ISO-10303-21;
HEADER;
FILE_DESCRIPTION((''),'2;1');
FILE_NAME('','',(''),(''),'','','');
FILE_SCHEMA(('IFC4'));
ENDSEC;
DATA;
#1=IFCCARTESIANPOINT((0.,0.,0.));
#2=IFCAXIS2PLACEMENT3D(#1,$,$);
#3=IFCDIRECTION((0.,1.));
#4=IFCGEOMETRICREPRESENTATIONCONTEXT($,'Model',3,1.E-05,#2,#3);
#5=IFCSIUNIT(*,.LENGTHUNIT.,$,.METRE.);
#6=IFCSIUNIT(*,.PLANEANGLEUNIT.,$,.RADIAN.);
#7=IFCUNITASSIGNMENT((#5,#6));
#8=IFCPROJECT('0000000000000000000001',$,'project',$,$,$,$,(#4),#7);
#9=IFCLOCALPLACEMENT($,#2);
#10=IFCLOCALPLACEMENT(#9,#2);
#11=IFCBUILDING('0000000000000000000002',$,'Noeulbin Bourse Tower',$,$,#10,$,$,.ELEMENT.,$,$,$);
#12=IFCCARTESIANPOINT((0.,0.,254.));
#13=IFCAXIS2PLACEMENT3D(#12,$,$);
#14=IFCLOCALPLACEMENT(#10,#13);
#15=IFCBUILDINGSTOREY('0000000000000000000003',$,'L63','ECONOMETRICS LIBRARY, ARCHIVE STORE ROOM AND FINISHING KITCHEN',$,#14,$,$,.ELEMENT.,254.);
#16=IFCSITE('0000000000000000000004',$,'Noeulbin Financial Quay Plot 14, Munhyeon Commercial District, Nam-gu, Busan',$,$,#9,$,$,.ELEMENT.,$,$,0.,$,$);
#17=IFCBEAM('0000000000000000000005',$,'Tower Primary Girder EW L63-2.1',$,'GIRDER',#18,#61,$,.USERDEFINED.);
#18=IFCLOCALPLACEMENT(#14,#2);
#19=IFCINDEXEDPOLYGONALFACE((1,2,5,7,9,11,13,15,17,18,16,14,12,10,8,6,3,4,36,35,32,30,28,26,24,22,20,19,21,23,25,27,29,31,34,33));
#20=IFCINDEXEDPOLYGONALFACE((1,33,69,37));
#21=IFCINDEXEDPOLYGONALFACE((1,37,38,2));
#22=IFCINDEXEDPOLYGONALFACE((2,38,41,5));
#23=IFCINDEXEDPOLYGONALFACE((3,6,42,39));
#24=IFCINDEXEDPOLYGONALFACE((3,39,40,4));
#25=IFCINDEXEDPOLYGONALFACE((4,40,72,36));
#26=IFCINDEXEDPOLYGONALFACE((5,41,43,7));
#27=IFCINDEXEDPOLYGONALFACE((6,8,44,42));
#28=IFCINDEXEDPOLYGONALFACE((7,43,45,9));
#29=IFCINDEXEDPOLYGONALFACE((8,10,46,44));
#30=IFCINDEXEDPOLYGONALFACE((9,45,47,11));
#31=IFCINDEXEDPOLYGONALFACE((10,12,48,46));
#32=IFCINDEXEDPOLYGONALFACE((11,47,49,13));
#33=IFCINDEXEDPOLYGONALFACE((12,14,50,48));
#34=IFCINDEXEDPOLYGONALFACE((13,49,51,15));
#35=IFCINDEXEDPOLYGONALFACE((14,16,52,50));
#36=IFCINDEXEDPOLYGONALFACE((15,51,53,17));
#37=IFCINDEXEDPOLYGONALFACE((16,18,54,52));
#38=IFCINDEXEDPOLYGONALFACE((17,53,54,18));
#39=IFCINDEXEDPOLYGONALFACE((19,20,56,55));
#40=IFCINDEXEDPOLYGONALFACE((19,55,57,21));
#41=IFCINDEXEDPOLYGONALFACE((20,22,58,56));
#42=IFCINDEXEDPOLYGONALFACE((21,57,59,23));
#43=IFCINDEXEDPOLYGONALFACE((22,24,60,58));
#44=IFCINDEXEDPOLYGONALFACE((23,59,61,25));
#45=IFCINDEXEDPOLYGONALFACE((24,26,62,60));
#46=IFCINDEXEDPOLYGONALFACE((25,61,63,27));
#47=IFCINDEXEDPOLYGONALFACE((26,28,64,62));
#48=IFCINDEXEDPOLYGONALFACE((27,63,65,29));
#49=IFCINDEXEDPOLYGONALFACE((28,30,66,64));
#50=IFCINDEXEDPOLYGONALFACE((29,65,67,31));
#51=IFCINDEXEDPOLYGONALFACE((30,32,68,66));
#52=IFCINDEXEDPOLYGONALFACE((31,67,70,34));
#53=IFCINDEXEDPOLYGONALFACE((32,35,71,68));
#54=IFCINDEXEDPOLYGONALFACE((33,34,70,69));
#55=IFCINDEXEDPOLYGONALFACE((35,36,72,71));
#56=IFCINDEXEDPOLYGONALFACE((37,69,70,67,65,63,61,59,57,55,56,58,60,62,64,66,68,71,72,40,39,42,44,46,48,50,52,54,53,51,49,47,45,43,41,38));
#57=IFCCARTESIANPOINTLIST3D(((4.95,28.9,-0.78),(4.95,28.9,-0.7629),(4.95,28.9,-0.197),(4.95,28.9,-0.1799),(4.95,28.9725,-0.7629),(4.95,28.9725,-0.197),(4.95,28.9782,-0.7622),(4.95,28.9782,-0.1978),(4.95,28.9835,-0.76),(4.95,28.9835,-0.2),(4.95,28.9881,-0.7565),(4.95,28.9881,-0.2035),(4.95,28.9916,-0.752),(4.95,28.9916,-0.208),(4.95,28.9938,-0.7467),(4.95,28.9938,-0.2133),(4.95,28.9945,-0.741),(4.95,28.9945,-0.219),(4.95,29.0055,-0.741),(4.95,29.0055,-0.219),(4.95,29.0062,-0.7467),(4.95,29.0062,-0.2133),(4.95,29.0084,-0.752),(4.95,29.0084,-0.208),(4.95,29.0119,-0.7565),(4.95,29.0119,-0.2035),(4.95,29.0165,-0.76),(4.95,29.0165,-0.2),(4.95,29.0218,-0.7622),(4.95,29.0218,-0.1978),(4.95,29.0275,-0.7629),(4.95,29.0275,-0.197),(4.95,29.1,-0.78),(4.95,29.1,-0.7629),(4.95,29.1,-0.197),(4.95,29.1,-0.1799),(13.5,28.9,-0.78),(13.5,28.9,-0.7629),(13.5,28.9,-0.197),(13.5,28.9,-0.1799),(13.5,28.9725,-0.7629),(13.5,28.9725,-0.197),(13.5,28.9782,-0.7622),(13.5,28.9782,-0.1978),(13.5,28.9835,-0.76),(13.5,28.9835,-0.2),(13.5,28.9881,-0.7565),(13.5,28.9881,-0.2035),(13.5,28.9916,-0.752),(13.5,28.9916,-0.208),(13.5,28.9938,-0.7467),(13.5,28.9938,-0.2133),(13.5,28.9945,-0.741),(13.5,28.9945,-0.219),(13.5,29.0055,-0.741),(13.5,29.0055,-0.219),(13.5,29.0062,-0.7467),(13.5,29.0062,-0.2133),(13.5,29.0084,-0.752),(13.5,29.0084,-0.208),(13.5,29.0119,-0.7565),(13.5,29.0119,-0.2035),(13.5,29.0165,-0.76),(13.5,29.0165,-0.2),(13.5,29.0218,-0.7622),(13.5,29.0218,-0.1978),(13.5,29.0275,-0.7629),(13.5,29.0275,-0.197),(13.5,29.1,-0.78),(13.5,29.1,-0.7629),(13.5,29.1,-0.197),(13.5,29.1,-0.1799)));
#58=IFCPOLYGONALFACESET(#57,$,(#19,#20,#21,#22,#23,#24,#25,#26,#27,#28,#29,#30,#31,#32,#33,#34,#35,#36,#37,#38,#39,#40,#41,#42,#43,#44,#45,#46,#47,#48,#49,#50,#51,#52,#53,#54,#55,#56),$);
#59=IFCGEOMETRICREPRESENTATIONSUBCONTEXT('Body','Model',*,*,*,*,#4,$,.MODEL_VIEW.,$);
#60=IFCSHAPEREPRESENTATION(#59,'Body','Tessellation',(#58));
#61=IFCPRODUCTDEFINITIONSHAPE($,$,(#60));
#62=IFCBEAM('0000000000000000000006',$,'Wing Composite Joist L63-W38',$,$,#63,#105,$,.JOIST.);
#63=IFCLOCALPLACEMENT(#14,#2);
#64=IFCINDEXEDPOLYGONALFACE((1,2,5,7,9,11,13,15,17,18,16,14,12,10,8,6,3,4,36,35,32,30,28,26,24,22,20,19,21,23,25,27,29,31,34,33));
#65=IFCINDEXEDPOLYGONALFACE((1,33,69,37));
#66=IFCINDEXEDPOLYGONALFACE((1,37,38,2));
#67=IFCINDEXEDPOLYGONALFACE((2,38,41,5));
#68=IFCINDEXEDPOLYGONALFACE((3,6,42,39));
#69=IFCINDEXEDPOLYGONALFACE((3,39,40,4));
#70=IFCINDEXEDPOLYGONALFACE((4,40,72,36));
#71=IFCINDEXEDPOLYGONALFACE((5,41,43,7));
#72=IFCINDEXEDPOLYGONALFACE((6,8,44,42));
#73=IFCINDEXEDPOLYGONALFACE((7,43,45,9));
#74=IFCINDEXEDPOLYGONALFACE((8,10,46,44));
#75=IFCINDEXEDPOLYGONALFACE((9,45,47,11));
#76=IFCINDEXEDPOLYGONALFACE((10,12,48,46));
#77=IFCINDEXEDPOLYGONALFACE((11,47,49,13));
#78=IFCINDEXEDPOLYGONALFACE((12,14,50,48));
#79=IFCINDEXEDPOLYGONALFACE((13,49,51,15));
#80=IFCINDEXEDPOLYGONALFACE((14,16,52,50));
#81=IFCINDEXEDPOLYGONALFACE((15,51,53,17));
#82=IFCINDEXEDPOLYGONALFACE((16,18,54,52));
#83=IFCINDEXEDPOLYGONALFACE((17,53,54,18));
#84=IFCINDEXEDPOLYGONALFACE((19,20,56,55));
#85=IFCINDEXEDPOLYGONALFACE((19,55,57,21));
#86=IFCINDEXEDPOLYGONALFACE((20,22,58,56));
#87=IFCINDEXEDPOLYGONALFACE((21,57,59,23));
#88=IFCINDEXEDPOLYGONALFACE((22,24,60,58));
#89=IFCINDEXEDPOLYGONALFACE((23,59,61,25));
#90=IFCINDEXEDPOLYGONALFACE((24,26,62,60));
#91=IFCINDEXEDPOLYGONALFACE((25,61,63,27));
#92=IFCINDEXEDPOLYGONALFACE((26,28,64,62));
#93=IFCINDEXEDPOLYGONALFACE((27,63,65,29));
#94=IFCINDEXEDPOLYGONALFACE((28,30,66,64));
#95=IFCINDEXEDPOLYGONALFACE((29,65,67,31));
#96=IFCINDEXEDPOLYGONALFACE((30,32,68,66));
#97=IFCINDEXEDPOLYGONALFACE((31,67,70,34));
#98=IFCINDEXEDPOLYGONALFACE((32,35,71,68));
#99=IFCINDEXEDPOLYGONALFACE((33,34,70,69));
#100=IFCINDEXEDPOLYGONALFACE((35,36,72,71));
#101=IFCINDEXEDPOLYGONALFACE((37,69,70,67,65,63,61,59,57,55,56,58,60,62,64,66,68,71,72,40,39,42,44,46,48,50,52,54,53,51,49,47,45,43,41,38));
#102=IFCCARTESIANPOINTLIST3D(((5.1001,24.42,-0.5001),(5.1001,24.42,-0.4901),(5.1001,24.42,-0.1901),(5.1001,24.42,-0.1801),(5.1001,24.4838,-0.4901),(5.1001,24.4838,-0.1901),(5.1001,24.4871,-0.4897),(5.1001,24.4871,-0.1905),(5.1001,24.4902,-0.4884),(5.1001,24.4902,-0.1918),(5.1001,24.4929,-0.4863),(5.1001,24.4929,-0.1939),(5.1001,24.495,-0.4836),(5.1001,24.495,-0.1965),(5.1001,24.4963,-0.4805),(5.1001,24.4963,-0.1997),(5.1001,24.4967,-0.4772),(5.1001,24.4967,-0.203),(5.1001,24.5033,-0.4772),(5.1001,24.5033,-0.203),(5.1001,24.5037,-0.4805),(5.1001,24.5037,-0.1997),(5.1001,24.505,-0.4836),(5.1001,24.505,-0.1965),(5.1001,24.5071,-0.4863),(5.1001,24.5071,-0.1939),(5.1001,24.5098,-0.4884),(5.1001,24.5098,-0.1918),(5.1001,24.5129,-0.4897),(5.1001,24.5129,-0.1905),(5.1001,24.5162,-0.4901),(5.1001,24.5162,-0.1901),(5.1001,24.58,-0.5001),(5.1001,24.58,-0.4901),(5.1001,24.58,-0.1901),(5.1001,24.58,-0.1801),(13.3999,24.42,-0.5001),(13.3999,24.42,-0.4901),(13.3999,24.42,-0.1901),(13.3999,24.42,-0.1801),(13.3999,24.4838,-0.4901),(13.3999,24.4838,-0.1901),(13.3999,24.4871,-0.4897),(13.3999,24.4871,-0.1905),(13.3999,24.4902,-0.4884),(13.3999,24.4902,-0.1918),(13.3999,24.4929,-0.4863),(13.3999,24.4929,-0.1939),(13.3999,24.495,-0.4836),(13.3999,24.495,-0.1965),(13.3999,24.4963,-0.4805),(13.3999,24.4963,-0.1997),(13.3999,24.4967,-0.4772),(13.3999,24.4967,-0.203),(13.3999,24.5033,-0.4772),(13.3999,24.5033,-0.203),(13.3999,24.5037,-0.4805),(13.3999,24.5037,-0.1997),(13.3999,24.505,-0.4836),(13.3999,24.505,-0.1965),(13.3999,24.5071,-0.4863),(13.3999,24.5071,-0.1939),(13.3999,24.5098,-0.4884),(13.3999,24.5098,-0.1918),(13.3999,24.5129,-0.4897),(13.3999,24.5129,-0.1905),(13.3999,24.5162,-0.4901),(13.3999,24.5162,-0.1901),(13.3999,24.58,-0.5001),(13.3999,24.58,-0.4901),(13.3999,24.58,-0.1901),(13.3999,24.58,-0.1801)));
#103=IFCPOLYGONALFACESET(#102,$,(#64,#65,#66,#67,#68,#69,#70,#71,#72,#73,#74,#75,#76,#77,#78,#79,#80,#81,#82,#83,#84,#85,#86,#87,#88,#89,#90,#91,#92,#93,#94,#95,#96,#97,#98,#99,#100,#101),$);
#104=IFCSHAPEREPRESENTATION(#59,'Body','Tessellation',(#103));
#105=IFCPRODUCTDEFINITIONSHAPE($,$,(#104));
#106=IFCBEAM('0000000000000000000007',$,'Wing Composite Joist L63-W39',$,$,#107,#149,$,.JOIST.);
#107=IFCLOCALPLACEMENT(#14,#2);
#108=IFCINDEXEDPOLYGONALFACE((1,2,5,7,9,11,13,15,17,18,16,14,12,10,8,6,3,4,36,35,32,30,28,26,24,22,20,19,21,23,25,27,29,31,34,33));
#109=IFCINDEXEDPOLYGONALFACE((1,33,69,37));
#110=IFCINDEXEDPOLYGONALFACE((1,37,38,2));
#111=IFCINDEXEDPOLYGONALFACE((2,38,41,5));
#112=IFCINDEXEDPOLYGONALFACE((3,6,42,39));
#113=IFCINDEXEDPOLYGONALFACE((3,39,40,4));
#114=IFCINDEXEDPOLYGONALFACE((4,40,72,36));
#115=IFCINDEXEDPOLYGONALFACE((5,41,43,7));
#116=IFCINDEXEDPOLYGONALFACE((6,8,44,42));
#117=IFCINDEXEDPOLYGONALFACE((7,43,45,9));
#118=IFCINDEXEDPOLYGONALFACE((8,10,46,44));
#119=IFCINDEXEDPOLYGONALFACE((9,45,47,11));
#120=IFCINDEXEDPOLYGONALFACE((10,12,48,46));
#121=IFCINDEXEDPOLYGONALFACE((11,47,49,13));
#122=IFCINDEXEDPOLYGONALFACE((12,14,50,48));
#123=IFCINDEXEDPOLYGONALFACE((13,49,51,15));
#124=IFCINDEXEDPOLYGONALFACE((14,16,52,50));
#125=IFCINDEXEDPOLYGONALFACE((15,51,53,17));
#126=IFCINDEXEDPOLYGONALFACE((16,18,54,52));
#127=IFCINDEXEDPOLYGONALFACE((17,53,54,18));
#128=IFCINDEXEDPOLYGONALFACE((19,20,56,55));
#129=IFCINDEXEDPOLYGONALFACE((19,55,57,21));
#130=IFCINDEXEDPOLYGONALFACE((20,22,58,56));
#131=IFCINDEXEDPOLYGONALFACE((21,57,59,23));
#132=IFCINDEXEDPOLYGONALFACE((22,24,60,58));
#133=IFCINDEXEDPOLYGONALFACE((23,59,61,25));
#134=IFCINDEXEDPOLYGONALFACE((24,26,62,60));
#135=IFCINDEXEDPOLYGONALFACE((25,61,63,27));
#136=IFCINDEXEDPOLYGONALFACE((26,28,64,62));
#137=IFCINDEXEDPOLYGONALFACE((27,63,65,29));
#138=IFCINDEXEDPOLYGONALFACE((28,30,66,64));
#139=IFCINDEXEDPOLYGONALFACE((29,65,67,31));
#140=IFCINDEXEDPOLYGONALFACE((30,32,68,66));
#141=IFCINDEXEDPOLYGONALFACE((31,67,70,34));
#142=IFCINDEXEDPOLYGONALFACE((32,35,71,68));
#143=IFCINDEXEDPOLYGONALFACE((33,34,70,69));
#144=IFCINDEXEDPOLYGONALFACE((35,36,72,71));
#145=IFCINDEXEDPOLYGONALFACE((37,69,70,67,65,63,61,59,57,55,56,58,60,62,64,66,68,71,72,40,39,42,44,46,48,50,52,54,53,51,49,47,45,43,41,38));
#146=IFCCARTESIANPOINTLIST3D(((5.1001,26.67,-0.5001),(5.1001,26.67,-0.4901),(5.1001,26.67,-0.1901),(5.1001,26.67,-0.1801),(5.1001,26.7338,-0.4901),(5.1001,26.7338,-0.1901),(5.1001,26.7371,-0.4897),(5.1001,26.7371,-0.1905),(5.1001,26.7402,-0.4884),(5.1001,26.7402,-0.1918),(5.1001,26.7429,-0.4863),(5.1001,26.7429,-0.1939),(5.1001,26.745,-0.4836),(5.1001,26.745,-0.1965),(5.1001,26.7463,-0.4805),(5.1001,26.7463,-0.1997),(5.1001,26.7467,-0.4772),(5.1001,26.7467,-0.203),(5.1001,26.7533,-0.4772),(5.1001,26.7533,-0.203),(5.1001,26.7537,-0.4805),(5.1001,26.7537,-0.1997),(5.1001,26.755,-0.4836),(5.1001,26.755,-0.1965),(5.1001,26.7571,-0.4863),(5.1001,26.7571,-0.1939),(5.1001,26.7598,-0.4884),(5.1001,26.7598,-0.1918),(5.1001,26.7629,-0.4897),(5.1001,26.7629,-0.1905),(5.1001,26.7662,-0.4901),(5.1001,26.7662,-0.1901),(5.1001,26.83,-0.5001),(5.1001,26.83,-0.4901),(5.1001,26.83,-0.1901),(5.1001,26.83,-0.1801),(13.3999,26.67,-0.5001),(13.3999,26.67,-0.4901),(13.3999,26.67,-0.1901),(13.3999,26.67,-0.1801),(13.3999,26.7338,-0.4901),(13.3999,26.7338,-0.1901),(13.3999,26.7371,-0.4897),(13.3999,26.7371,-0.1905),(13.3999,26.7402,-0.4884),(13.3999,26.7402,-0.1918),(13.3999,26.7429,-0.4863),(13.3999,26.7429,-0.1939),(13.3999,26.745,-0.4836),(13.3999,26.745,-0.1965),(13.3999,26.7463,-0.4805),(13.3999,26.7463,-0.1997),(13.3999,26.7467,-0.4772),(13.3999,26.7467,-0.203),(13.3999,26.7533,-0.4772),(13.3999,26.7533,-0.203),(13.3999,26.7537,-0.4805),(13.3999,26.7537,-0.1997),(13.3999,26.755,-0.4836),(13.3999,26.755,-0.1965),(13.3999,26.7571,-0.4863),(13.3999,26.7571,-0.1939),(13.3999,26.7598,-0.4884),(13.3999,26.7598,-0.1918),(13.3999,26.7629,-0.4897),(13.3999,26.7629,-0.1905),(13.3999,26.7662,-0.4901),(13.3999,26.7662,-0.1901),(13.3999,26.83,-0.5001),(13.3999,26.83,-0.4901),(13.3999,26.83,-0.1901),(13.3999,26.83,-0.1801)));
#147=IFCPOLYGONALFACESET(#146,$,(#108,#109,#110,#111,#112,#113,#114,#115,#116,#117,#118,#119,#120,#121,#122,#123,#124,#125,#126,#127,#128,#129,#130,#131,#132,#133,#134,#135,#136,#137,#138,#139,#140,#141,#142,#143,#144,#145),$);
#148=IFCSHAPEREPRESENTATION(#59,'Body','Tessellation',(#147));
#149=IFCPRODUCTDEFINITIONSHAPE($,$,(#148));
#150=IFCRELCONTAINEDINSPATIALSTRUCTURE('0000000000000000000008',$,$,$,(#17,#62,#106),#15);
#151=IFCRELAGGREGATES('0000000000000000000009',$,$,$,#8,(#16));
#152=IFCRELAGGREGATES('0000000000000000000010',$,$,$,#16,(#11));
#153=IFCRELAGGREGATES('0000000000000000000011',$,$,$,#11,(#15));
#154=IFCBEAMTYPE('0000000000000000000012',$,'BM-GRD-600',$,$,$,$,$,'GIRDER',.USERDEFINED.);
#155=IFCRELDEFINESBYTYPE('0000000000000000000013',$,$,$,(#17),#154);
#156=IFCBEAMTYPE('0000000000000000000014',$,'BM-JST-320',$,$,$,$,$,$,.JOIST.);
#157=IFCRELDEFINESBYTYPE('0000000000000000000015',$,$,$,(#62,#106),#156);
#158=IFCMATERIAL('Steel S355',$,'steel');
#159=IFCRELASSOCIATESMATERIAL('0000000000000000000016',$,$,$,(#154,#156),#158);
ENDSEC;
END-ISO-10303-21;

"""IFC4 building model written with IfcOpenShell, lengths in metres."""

from ifc_helpers import new_model, si_unit, direction, frame, origin, origin_2d, place, context, subcontext, project, spatial, i_section, extrude, material, material_profile, profile_set, type_object, element, save


model = new_model("IFC4")

# Units and contexts
model_context = context("Model", 3, precision=1e-05, world=origin(), true_north=direction((0.0, 1.0)))
body_context = subcontext(model_context, "Body", "Model", "MODEL_VIEW")
ifc_project = project(units=[si_unit("LENGTHUNIT", "METRE"), si_unit("PLANEANGLEUNIT", "RADIAN")], contexts=[model_context])

# Site, building, storey
site_placement = place(None, origin())
site = spatial("IfcSite", under=ifc_project, at=site_placement, Name="Noeulbin Financial Quay Plot 14, Munhyeon Commercial District, Nam-gu, Busan", CompositionType="ELEMENT", RefElevation=0.0)
building_placement = place(site_placement, origin())
building = spatial("IfcBuilding", under=site, at=building_placement, Name="Noeulbin Bourse Tower", CompositionType="ELEMENT")
storey_placement = place(building_placement, frame((0.0, 0.0, 254.0)))
storey = spatial("IfcBuildingStorey", under=building, at=storey_placement, Name="L63", Description="ECONOMETRICS LIBRARY, ARCHIVE STORE ROOM AND FINISHING KITCHEN", CompositionType="ELEMENT", Elevation=254.0)

# Shared definitions
ifc_material_1 = material(Name="Steel S355", Category="steel")

# Beams
ifc_material_profile_1 = material_profile(ifc_material_1, i_section(OverallWidth=0.2, OverallDepth=0.6001, WebThickness=0.011, FlangeThickness=0.0171, FilletRadius=0.022, at=origin_2d()), Name="H-600x200x11x17", Category="LoadBearing")
ifc_profile_set_1 = profile_set([ifc_material_profile_1], Name="Steel S355")
beam_type_1 = type_object("IfcBeamType", Name="BM-GRD-600", ElementType="GIRDER", PredefinedType="USERDEFINED", material=ifc_profile_set_1)
beam_1_placement = place(storey_placement, frame((4.95, 29.0, -0.48), z_axis=(1.0, 0.0, 0.0), x_axis=(0.0, 1.0, 0.0)))
element("IfcBeam", 1, at=beam_1_placement, inside=storey, type_object=beam_type_1, Name="Tower Primary Girder EW L63-2.1", ObjectType="GIRDER", PredefinedType="USERDEFINED", context=body_context, shape_type="SweptSolid", body=[
    extrude(i_section(OverallWidth=0.2, OverallDepth=0.6001, WebThickness=0.011, FlangeThickness=0.0171, FilletRadius=0.022, at=origin_2d()), origin(), (0.0, 0.0, 1.0), 8.55),
])
ifc_material_profile_2 = material_profile(ifc_material_1, i_section(OverallWidth=0.1599, OverallDepth=0.3201, WebThickness=0.0066, FlangeThickness=0.01, FilletRadius=0.0129, at=origin_2d()), Name="H-320x160x6.5x10", Category="LoadBearing")
ifc_profile_set_2 = profile_set([ifc_material_profile_2], Name="Steel S355")
beam_type_2 = type_object("IfcBeamType", Name="BM-JST-320", PredefinedType="JOIST", material=ifc_profile_set_2)
for number, where, z_axis, x_axis, name in (
    (2, (5.1001, 24.5, -0.3401), (1.0, 0.0, 0.0), (0.0, 1.0, 0.0), "Wing Composite Joist L63-W38"),
    (3, (5.1001, 26.75, -0.3401), (1.0, 0.0, 0.0), (0.0, 1.0, 0.0), "Wing Composite Joist L63-W39"),
):
    element("IfcBeam", number, at=place(storey_placement, frame(where, z_axis=z_axis, x_axis=x_axis)), inside=storey, type_object=beam_type_2, Name=name, PredefinedType="JOIST", context=body_context, shape_type="SweptSolid", body=[
        extrude(i_section(OverallWidth=0.1599, OverallDepth=0.3201, WebThickness=0.0066, FlangeThickness=0.01, FilletRadius=0.0129, at=origin_2d()), origin(), (0.0, 0.0, 1.0), 8.2998),
    ])

save(model, "model.ifc")
